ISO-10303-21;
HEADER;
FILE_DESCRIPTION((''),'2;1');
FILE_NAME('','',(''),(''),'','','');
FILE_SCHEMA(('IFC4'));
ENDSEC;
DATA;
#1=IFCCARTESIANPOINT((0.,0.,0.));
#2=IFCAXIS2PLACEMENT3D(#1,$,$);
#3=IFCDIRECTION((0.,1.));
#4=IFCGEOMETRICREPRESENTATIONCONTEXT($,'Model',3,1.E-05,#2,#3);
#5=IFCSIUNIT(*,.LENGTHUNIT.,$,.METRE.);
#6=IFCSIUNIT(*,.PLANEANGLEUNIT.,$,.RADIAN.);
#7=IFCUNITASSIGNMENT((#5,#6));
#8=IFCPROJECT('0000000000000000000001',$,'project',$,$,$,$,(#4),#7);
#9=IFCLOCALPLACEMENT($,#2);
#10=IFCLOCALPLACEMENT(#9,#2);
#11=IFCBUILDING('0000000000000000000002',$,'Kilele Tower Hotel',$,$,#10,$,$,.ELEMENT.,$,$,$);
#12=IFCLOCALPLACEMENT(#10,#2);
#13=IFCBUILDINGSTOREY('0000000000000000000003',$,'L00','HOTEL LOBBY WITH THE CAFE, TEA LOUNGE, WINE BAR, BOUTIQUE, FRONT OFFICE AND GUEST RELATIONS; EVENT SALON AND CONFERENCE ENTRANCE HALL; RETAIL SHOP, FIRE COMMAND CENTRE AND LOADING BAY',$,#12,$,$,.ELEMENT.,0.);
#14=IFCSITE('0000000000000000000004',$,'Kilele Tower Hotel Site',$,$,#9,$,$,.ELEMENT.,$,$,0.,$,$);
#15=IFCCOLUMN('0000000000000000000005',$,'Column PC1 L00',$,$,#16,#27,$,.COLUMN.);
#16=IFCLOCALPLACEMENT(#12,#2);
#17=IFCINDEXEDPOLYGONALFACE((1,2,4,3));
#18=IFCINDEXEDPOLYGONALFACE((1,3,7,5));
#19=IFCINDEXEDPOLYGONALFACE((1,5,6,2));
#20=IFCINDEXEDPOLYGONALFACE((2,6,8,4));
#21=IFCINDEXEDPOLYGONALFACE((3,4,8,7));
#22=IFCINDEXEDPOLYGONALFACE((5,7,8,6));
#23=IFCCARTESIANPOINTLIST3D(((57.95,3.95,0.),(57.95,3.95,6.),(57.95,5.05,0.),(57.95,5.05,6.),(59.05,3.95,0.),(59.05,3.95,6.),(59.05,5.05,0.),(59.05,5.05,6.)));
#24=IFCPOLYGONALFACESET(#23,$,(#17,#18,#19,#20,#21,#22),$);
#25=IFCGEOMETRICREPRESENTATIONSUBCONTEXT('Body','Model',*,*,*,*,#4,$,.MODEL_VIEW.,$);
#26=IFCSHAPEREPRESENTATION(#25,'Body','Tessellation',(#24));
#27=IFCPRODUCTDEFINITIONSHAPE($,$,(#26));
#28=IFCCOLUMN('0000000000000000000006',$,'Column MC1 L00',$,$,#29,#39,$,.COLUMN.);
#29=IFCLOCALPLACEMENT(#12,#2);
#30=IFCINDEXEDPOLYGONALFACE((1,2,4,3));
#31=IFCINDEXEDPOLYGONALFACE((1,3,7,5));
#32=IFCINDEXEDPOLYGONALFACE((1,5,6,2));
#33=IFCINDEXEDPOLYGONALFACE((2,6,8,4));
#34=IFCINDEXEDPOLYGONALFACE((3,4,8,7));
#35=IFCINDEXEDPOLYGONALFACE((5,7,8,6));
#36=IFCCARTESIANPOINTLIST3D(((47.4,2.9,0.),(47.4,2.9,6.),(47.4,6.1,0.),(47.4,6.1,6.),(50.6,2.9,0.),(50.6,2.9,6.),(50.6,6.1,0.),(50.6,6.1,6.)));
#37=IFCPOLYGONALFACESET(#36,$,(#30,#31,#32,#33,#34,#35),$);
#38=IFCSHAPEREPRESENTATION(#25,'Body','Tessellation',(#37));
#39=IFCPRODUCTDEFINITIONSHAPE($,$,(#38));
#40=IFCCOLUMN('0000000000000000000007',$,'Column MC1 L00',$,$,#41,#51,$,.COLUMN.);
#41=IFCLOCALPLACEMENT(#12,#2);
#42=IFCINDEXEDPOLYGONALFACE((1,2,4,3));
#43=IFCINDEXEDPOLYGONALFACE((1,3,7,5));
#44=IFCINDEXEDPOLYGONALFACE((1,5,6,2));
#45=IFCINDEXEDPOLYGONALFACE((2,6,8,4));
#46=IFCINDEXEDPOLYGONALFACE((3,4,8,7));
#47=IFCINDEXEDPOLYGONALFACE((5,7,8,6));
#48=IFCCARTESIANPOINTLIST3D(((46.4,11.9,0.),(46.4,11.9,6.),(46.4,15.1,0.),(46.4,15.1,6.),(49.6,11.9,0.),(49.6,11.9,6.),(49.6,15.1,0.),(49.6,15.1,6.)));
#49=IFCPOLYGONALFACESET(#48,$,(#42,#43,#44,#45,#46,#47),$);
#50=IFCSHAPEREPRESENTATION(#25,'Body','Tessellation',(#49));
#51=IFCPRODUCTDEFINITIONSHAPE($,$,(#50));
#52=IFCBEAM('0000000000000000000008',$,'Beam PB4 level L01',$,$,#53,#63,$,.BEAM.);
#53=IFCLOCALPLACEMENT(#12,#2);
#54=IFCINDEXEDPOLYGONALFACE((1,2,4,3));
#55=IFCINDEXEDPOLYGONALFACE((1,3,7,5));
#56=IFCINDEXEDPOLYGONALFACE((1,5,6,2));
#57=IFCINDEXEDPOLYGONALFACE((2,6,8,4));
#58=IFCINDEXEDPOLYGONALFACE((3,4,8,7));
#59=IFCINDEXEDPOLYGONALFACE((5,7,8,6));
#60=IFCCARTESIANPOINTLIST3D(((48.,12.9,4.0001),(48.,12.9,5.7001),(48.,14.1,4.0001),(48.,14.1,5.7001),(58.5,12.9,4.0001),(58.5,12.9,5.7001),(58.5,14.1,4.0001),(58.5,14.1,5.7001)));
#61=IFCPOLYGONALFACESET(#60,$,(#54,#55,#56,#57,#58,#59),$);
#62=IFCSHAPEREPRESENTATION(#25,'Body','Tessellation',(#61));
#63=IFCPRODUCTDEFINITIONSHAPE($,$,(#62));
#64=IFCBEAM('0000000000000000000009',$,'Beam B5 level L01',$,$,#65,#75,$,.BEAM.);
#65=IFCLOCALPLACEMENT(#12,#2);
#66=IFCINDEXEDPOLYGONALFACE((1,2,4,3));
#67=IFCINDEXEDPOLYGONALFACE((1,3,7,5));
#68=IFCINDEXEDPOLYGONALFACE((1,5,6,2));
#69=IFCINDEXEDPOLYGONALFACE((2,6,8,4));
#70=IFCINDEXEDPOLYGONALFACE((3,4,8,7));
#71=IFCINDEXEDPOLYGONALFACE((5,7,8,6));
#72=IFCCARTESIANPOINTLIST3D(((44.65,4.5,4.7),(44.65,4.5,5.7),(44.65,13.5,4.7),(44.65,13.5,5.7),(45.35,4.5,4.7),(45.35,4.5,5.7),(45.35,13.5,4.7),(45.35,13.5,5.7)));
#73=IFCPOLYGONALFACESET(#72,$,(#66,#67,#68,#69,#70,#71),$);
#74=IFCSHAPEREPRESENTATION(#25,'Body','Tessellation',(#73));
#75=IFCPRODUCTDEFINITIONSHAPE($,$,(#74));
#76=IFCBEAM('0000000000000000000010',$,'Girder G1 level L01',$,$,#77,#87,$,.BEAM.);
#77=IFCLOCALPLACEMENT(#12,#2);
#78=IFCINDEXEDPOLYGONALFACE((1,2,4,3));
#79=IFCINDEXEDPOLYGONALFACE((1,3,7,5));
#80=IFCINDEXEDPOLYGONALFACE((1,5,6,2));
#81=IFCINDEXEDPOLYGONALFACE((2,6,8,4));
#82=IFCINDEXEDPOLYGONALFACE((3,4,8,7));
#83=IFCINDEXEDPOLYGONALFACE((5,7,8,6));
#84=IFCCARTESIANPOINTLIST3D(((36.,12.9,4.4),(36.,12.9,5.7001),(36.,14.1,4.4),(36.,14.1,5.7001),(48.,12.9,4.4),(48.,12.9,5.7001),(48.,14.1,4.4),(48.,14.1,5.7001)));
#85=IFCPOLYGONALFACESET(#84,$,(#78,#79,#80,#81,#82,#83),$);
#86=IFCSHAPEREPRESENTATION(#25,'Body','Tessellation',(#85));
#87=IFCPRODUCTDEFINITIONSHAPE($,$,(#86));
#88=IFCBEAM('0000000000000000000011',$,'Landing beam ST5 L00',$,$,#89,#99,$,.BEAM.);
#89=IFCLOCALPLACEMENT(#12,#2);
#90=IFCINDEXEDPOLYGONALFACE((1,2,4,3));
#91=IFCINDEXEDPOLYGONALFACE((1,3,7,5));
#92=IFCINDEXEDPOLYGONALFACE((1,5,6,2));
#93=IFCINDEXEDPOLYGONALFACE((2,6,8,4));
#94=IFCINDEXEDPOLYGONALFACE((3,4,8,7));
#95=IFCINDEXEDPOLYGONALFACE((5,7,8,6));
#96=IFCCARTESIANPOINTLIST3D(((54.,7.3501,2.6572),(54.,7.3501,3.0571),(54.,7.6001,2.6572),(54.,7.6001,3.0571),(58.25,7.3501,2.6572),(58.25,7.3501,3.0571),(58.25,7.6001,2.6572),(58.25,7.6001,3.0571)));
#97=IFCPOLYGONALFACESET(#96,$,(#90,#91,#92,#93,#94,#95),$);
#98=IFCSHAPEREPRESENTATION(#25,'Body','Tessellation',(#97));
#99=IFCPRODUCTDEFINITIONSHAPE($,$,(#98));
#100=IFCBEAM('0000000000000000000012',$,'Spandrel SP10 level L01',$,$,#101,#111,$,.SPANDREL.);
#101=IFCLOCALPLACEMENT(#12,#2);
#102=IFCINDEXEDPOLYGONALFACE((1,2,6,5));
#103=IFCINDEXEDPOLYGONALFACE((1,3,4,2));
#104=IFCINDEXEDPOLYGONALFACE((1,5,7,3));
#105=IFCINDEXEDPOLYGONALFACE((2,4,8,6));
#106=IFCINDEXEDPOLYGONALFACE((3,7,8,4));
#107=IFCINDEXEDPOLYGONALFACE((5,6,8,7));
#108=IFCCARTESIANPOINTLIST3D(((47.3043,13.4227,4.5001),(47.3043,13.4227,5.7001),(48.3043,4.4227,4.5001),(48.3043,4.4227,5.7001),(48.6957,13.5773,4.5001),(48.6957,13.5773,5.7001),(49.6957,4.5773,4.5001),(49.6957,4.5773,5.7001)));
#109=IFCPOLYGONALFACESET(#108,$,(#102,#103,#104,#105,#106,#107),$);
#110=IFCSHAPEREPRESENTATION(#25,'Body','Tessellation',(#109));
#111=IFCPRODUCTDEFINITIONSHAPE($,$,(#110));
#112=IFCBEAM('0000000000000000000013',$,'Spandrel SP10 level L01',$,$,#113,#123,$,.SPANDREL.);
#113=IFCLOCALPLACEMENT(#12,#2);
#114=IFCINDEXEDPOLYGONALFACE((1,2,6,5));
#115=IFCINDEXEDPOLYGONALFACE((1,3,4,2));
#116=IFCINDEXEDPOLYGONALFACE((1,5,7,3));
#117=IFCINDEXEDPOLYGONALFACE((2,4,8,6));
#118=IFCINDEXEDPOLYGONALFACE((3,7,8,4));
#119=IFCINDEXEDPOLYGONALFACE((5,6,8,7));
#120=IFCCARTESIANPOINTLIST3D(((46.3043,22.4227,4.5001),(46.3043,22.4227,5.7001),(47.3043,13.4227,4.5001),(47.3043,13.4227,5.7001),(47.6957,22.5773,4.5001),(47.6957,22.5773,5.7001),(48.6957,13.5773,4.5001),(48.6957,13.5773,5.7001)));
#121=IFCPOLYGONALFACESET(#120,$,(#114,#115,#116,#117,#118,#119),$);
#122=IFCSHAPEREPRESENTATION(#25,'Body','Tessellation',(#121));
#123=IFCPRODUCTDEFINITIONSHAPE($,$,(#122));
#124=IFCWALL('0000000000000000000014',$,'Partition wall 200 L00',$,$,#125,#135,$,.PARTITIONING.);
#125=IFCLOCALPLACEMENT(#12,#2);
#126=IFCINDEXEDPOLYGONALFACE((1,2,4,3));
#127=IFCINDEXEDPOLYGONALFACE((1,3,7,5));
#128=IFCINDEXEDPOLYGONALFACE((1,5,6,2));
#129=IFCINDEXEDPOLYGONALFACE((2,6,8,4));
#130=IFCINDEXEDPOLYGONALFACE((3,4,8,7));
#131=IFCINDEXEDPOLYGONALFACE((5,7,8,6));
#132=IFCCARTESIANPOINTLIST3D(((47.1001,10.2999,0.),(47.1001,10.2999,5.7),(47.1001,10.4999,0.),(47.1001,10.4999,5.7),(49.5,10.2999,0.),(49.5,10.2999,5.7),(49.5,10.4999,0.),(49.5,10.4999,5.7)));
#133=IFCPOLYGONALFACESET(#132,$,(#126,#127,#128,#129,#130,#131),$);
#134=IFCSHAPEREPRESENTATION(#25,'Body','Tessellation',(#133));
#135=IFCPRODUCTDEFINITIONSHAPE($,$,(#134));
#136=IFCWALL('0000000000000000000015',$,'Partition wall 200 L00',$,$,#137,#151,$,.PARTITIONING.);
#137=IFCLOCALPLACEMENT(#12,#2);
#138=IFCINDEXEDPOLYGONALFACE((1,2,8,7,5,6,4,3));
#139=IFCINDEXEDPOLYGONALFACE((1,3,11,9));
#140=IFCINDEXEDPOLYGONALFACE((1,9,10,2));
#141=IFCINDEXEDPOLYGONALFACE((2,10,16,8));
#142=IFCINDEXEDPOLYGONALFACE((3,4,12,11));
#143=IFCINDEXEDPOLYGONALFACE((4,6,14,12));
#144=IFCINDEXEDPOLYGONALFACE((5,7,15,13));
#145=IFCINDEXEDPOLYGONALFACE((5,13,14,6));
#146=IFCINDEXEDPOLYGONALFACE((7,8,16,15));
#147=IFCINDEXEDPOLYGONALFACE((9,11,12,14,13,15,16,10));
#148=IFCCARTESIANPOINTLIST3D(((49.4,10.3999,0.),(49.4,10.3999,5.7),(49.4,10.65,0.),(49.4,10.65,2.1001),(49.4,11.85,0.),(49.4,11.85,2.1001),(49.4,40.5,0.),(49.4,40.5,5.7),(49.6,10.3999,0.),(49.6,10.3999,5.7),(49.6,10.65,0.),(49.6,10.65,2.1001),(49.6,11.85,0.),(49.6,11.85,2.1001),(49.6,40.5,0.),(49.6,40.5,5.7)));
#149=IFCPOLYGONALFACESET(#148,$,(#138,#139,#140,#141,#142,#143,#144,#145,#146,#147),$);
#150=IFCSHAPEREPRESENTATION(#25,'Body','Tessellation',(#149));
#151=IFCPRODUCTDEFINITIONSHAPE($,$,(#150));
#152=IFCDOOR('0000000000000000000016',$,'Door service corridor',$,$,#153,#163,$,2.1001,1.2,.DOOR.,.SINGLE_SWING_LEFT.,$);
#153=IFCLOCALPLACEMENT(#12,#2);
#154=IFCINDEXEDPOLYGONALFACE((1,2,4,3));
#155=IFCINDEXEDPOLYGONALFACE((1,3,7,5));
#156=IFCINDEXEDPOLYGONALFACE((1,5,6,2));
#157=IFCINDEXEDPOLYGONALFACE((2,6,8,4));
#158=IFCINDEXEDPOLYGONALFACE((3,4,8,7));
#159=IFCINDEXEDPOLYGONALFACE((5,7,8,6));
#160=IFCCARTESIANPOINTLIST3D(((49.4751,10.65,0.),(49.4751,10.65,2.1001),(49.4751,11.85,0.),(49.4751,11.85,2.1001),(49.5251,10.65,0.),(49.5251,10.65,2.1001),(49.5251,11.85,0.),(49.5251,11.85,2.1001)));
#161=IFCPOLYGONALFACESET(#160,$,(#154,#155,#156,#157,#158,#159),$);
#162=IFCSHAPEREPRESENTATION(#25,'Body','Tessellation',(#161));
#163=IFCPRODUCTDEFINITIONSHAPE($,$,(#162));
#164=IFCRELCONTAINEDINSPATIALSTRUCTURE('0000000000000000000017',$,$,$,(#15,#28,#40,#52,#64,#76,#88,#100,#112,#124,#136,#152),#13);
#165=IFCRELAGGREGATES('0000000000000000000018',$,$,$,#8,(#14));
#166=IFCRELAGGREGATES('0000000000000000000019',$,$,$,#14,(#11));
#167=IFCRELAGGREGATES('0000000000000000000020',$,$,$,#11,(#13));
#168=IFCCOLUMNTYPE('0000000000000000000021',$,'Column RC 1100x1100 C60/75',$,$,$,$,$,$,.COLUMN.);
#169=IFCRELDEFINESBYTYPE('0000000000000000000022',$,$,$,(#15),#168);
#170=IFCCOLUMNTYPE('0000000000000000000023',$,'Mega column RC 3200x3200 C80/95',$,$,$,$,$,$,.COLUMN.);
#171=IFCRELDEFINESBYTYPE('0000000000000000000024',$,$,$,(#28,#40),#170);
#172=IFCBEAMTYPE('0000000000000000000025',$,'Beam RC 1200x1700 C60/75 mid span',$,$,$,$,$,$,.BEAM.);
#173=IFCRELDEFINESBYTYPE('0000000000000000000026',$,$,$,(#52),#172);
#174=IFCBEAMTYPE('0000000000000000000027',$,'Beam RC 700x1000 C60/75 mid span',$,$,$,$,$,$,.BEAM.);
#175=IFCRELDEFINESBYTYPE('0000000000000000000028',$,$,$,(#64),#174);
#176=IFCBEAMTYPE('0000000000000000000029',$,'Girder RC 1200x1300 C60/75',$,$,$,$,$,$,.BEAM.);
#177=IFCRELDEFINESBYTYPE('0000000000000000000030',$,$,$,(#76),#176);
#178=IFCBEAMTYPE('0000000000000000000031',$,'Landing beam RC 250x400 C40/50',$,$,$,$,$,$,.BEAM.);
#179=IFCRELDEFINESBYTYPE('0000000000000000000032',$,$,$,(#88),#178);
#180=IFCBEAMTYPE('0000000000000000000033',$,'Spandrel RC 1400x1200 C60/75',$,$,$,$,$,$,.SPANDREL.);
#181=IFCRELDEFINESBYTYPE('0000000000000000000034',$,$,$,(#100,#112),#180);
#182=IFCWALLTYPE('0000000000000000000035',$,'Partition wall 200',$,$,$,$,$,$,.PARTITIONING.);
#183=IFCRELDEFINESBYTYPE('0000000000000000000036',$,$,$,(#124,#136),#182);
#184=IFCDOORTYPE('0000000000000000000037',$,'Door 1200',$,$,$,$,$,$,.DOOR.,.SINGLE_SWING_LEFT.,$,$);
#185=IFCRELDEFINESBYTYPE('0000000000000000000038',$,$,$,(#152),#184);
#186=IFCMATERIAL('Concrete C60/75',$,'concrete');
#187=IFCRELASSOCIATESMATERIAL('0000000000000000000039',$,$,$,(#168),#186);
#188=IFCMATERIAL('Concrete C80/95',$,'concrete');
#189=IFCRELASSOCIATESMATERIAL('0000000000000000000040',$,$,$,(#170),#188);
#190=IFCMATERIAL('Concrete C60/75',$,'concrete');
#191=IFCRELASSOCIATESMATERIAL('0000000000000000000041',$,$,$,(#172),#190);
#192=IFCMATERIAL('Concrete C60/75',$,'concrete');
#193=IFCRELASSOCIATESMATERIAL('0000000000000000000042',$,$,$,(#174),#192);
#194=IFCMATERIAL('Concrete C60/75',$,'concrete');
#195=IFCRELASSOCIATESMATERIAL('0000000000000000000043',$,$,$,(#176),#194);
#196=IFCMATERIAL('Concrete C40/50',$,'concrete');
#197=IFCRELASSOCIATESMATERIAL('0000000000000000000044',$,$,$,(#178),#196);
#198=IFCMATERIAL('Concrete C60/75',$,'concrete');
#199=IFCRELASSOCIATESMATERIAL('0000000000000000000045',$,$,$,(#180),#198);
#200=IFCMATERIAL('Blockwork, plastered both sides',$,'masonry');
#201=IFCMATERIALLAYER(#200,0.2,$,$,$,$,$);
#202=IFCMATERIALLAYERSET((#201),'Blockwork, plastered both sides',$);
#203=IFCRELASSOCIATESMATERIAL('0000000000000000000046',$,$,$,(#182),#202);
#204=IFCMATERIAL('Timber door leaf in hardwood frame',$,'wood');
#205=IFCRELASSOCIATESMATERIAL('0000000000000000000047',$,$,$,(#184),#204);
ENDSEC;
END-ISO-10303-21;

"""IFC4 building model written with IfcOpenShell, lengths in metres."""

from ifc_helpers import new_model, si_unit, direction, frame, frame_2d, origin, origin_2d, place, context, subcontext, project, spatial, rectangle, extrude, material, layer, layer_set, material_profile, profile_set, type_object, element, fill, save


model = new_model("IFC4")

# Units and contexts
model_context = context("Model", 3, precision=1e-05, world=origin(), true_north=direction((0.0, 1.0)))
body_context = subcontext(model_context, "Body", "Model", "MODEL_VIEW")
ifc_project = project(units=[si_unit("LENGTHUNIT", "METRE"), si_unit("PLANEANGLEUNIT", "RADIAN")], contexts=[model_context])

# Site, building, storey
site_placement = place(None, origin())
site = spatial("IfcSite", under=ifc_project, at=site_placement, Name="Kilele Tower Hotel Site", CompositionType="ELEMENT", RefElevation=0.0)
building_placement = place(site_placement, origin())
building = spatial("IfcBuilding", under=site, at=building_placement, Name="Kilele Tower Hotel", CompositionType="ELEMENT")
storey_placement = place(building_placement, origin())
storey = spatial("IfcBuildingStorey", under=building, at=storey_placement, Name="L00", Description="HOTEL LOBBY WITH THE CAFE, TEA LOUNGE, WINE BAR, BOUTIQUE, FRONT OFFICE AND GUEST RELATIONS; EVENT SALON AND CONFERENCE ENTRANCE HALL; RETAIL SHOP, FIRE COMMAND CENTRE AND LOADING BAY", CompositionType="ELEMENT", Elevation=0.0)

# Columns
ifc_material_1 = material(Name="Concrete C60/75", Category="concrete")
ifc_material_profile_1 = material_profile(ifc_material_1, rectangle(XDim=1.1001, YDim=1.1001, at=origin_2d()))
ifc_profile_set_1 = profile_set([ifc_material_profile_1], Name="Concrete C60/75")
column_type_1 = type_object("IfcColumnType", Name="Column RC 1100x1100 C60/75", PredefinedType="COLUMN", material=ifc_profile_set_1)
column_placement = place(storey_placement, frame((58.5, 4.5, 0.0), z_axis=(0.0, 0.0, 1.0), x_axis=(1.0, 0.0, 0.0)))
element("IfcColumn", 1, at=column_placement, inside=storey, type_object=column_type_1, Name="Column PC1 L00", PredefinedType="COLUMN", context=body_context, shape_type="SweptSolid", body=[
    extrude(rectangle(XDim=1.1001, YDim=1.1001, at=origin_2d()), origin(), (0.0, 0.0, 1.0), 6.0),
])
ifc_material_2 = material(Name="Concrete C80/95", Category="concrete")
ifc_material_profile_2 = material_profile(ifc_material_2, rectangle(XDim=3.2, YDim=3.2, at=origin_2d()))
ifc_profile_set_2 = profile_set([ifc_material_profile_2], Name="Concrete C80/95")
column_type_2 = type_object("IfcColumnType", Name="Mega column RC 3200x3200 C80/95", PredefinedType="COLUMN", material=ifc_profile_set_2)
for number, where, z_axis, x_axis, name in (
    (2, (49.0, 4.5, 0.0), (0.0, 0.0, 1.0), (1.0, 0.0, 0.0), "Column MC1 L00"),
    (3, (48.0, 13.5, 0.0), (0.0, 0.0, 1.0), (1.0, 0.0, 0.0), "Column MC1 L00"),
):
    element("IfcColumn", number, at=place(storey_placement, frame(where, z_axis=z_axis, x_axis=x_axis)), inside=storey, type_object=column_type_2, Name=name, PredefinedType="COLUMN", context=body_context, shape_type="SweptSolid", body=[
        extrude(rectangle(XDim=3.2, YDim=3.2, at=origin_2d()), origin(), (0.0, 0.0, 1.0), 6.0),
    ])

# Beams
ifc_material_3 = material(Name="Concrete C60/75", Category="concrete")
ifc_material_profile_3 = material_profile(ifc_material_3, rectangle(XDim=1.2, YDim=1.7, at=origin_2d()))
ifc_profile_set_3 = profile_set([ifc_material_profile_3], Name="Concrete C60/75")
beam_type_1 = type_object("IfcBeamType", Name="Beam RC 1200x1700 C60/75 mid span", PredefinedType="BEAM", material=ifc_profile_set_3)
beam_1_placement = place(storey_placement, frame((48.0, 13.5, 4.8501), z_axis=(1.0, 0.0, 0.0), x_axis=(0.0, 1.0, 0.0)))
element("IfcBeam", 4, at=beam_1_placement, inside=storey, type_object=beam_type_1, Name="Beam PB4 level L01", PredefinedType="BEAM", context=body_context, shape_type="SweptSolid", body=[
    extrude(rectangle(XDim=1.2, YDim=1.7, at=origin_2d()), origin(), (0.0, 0.0, 1.0), 10.5),
])
ifc_material_4 = material(Name="Concrete C60/75", Category="concrete")
ifc_material_profile_4 = material_profile(ifc_material_4, rectangle(XDim=0.7, YDim=1.0, at=origin_2d()))
ifc_profile_set_4 = profile_set([ifc_material_profile_4], Name="Concrete C60/75")
beam_type_2 = type_object("IfcBeamType", Name="Beam RC 700x1000 C60/75 mid span", PredefinedType="BEAM", material=ifc_profile_set_4)
beam_2_placement = place(storey_placement, frame((45.0, 4.5, 5.2), z_axis=(0.0, 1.0, 0.0), x_axis=(-1.0, 0.0, 0.0)))
element("IfcBeam", 5, at=beam_2_placement, inside=storey, type_object=beam_type_2, Name="Beam B5 level L01", PredefinedType="BEAM", context=body_context, shape_type="SweptSolid", body=[
    extrude(rectangle(XDim=0.7, YDim=1.0, at=origin_2d()), origin(), (0.0, 0.0, 1.0), 9.0),
])
ifc_material_5 = material(Name="Concrete C60/75", Category="concrete")
ifc_material_profile_5 = material_profile(ifc_material_5, rectangle(XDim=1.2, YDim=1.3, at=origin_2d()))
ifc_profile_set_5 = profile_set([ifc_material_profile_5], Name="Concrete C60/75")
beam_type_3 = type_object("IfcBeamType", Name="Girder RC 1200x1300 C60/75", PredefinedType="BEAM", material=ifc_profile_set_5)
beam_3_placement = place(storey_placement, frame((48.0, 13.5, 5.05), z_axis=(-1.0, 0.0, 0.0), x_axis=(0.0, -1.0, 0.0)))
element("IfcBeam", 6, at=beam_3_placement, inside=storey, type_object=beam_type_3, Name="Girder G1 level L01", PredefinedType="BEAM", context=body_context, shape_type="SweptSolid", body=[
    extrude(rectangle(XDim=1.2, YDim=1.3, at=origin_2d()), origin(), (0.0, 0.0, 1.0), 12.0),
])
ifc_material_6 = material(Name="Concrete C40/50", Category="concrete")
ifc_material_profile_6 = material_profile(ifc_material_6, rectangle(XDim=0.25, YDim=0.3999, at=origin_2d()))
ifc_profile_set_6 = profile_set([ifc_material_profile_6], Name="Concrete C40/50")
beam_type_4 = type_object("IfcBeamType", Name="Landing beam RC 250x400 C40/50", PredefinedType="BEAM", material=ifc_profile_set_6)
beam_4_placement = place(storey_placement, frame((54.0, 7.4751, 2.8572), z_axis=(1.0, 0.0, 0.0), x_axis=(0.0, 1.0, 0.0)))
element("IfcBeam", 7, at=beam_4_placement, inside=storey, type_object=beam_type_4, Name="Landing beam ST5 L00", PredefinedType="BEAM", context=body_context, shape_type="SweptSolid", body=[
    extrude(rectangle(XDim=0.25, YDim=0.3999, at=origin_2d()), origin(), (0.0, 0.0, 1.0), 4.25),
])
ifc_material_7 = material(Name="Concrete C60/75", Category="concrete")
ifc_material_profile_7 = material_profile(ifc_material_7, rectangle(XDim=1.3999, YDim=1.2, at=origin_2d()))
ifc_profile_set_7 = profile_set([ifc_material_profile_7], Name="Concrete C60/75")
beam_type_5 = type_object("IfcBeamType", Name="Spandrel RC 1400x1200 C60/75", PredefinedType="SPANDREL", material=ifc_profile_set_7)
for number, where, z_axis, x_axis, name in (
    (8, (49.0, 4.5, 5.1001), (-0.110432, 0.993884, 0.0), (-0.993884, -0.110432, 0.0), "Spandrel SP10 level L01"),
    (9, (48.0, 13.5, 5.1001), (-0.110432, 0.993884, 0.0), (-0.993884, -0.110432, 0.0), "Spandrel SP10 level L01"),
):
    element("IfcBeam", number, at=place(storey_placement, frame(where, z_axis=z_axis, x_axis=x_axis)), inside=storey, type_object=beam_type_5, Name=name, PredefinedType="SPANDREL", context=body_context, shape_type="SweptSolid", body=[
        extrude(rectangle(XDim=1.3999, YDim=1.2, at=origin_2d()), origin(), (0.0, 0.0, 1.0), 9.0554),
    ])

# Wall
ifc_material_8 = material(Name="Blockwork, plastered both sides", Category="masonry")
ifc_layer_1 = layer(ifc_material_8, 0.2)
ifc_layer_set_1 = layer_set([ifc_layer_1], Name="Blockwork, plastered both sides")
wall_type_1 = type_object("IfcWallType", Name="Partition wall 200", PredefinedType="PARTITIONING", material=ifc_layer_set_1)
wall_1_placement = place(storey_placement, frame((47.1001, 10.3999, 0.0), z_axis=(0.0, 0.0, 1.0), x_axis=(1.0, 0.0, 0.0)))
element("IfcWall", 10, at=wall_1_placement, inside=storey, type_object=wall_type_1, Name="Partition wall 200 L00", PredefinedType="PARTITIONING", context=body_context, shape_type="SweptSolid", body=[
    extrude(rectangle(XDim=2.3999, YDim=0.2, at=frame_2d((1.2, 0.0))), origin(), (0.0, 0.0, 1.0), 5.7),
])

# Wall, opening, door
wall_2_placement = place(storey_placement, frame((49.5, 10.3999, 0.0), z_axis=(0.0, 0.0, 1.0), x_axis=(0.0, 1.0, 0.0)))
wall_2 = element("IfcWall", 11, at=wall_2_placement, inside=storey, type_object=wall_type_1, Name="Partition wall 200 L00", PredefinedType="PARTITIONING", context=body_context, shape_type="SweptSolid", body=[
    extrude(rectangle(XDim=30.1001, YDim=0.2, at=frame_2d((15.05, 0.0))), origin(), (0.0, 0.0, 1.0), 5.7),
])
opening_1_placement = place(wall_2_placement, frame((0.25, 0.0, 0.0)))
opening_1 = element("IfcOpeningElement", 12, at=opening_1_placement, cuts=wall_2, PredefinedType="OPENING", context=body_context, shape_type="SweptSolid", body=[
    extrude(rectangle(XDim=1.2, YDim=2.1001, at=frame_2d((0.6001, 1.05))), frame((0.0, 0.1099, 0.0), z_axis=(0.0, -1.0, 0.0), x_axis=(1.0, 0.0, 0.0)), (0.0, 0.0, 1.0), 0.22),
])
ifc_material_9 = material(Name="Timber door leaf in hardwood frame", Category="wood")
door_type_1 = type_object("IfcDoorType", Name="Door 1200", OperationType="SINGLE_SWING_LEFT", PredefinedType="DOOR", material=ifc_material_9)
door_1_placement = place(opening_1_placement, origin())
door_1 = element("IfcDoor", 13, at=door_1_placement, inside=storey, type_object=door_type_1, Name="Door service corridor", OperationType="SINGLE_SWING_LEFT", OverallHeight=2.1001, OverallWidth=1.2, PredefinedType="DOOR", context=body_context, shape_type="SweptSolid", body=[
    extrude(rectangle(XDim=1.2, YDim=2.1001, at=frame_2d((0.6001, 1.05))), frame((0.0, 0.0249, 0.0), z_axis=(0.0, -1.0, 0.0), x_axis=(1.0, 0.0, 0.0)), (0.0, 0.0, 1.0), 0.05),
])
fill(opening_1, door_1)

save(model, "model.ifc")
